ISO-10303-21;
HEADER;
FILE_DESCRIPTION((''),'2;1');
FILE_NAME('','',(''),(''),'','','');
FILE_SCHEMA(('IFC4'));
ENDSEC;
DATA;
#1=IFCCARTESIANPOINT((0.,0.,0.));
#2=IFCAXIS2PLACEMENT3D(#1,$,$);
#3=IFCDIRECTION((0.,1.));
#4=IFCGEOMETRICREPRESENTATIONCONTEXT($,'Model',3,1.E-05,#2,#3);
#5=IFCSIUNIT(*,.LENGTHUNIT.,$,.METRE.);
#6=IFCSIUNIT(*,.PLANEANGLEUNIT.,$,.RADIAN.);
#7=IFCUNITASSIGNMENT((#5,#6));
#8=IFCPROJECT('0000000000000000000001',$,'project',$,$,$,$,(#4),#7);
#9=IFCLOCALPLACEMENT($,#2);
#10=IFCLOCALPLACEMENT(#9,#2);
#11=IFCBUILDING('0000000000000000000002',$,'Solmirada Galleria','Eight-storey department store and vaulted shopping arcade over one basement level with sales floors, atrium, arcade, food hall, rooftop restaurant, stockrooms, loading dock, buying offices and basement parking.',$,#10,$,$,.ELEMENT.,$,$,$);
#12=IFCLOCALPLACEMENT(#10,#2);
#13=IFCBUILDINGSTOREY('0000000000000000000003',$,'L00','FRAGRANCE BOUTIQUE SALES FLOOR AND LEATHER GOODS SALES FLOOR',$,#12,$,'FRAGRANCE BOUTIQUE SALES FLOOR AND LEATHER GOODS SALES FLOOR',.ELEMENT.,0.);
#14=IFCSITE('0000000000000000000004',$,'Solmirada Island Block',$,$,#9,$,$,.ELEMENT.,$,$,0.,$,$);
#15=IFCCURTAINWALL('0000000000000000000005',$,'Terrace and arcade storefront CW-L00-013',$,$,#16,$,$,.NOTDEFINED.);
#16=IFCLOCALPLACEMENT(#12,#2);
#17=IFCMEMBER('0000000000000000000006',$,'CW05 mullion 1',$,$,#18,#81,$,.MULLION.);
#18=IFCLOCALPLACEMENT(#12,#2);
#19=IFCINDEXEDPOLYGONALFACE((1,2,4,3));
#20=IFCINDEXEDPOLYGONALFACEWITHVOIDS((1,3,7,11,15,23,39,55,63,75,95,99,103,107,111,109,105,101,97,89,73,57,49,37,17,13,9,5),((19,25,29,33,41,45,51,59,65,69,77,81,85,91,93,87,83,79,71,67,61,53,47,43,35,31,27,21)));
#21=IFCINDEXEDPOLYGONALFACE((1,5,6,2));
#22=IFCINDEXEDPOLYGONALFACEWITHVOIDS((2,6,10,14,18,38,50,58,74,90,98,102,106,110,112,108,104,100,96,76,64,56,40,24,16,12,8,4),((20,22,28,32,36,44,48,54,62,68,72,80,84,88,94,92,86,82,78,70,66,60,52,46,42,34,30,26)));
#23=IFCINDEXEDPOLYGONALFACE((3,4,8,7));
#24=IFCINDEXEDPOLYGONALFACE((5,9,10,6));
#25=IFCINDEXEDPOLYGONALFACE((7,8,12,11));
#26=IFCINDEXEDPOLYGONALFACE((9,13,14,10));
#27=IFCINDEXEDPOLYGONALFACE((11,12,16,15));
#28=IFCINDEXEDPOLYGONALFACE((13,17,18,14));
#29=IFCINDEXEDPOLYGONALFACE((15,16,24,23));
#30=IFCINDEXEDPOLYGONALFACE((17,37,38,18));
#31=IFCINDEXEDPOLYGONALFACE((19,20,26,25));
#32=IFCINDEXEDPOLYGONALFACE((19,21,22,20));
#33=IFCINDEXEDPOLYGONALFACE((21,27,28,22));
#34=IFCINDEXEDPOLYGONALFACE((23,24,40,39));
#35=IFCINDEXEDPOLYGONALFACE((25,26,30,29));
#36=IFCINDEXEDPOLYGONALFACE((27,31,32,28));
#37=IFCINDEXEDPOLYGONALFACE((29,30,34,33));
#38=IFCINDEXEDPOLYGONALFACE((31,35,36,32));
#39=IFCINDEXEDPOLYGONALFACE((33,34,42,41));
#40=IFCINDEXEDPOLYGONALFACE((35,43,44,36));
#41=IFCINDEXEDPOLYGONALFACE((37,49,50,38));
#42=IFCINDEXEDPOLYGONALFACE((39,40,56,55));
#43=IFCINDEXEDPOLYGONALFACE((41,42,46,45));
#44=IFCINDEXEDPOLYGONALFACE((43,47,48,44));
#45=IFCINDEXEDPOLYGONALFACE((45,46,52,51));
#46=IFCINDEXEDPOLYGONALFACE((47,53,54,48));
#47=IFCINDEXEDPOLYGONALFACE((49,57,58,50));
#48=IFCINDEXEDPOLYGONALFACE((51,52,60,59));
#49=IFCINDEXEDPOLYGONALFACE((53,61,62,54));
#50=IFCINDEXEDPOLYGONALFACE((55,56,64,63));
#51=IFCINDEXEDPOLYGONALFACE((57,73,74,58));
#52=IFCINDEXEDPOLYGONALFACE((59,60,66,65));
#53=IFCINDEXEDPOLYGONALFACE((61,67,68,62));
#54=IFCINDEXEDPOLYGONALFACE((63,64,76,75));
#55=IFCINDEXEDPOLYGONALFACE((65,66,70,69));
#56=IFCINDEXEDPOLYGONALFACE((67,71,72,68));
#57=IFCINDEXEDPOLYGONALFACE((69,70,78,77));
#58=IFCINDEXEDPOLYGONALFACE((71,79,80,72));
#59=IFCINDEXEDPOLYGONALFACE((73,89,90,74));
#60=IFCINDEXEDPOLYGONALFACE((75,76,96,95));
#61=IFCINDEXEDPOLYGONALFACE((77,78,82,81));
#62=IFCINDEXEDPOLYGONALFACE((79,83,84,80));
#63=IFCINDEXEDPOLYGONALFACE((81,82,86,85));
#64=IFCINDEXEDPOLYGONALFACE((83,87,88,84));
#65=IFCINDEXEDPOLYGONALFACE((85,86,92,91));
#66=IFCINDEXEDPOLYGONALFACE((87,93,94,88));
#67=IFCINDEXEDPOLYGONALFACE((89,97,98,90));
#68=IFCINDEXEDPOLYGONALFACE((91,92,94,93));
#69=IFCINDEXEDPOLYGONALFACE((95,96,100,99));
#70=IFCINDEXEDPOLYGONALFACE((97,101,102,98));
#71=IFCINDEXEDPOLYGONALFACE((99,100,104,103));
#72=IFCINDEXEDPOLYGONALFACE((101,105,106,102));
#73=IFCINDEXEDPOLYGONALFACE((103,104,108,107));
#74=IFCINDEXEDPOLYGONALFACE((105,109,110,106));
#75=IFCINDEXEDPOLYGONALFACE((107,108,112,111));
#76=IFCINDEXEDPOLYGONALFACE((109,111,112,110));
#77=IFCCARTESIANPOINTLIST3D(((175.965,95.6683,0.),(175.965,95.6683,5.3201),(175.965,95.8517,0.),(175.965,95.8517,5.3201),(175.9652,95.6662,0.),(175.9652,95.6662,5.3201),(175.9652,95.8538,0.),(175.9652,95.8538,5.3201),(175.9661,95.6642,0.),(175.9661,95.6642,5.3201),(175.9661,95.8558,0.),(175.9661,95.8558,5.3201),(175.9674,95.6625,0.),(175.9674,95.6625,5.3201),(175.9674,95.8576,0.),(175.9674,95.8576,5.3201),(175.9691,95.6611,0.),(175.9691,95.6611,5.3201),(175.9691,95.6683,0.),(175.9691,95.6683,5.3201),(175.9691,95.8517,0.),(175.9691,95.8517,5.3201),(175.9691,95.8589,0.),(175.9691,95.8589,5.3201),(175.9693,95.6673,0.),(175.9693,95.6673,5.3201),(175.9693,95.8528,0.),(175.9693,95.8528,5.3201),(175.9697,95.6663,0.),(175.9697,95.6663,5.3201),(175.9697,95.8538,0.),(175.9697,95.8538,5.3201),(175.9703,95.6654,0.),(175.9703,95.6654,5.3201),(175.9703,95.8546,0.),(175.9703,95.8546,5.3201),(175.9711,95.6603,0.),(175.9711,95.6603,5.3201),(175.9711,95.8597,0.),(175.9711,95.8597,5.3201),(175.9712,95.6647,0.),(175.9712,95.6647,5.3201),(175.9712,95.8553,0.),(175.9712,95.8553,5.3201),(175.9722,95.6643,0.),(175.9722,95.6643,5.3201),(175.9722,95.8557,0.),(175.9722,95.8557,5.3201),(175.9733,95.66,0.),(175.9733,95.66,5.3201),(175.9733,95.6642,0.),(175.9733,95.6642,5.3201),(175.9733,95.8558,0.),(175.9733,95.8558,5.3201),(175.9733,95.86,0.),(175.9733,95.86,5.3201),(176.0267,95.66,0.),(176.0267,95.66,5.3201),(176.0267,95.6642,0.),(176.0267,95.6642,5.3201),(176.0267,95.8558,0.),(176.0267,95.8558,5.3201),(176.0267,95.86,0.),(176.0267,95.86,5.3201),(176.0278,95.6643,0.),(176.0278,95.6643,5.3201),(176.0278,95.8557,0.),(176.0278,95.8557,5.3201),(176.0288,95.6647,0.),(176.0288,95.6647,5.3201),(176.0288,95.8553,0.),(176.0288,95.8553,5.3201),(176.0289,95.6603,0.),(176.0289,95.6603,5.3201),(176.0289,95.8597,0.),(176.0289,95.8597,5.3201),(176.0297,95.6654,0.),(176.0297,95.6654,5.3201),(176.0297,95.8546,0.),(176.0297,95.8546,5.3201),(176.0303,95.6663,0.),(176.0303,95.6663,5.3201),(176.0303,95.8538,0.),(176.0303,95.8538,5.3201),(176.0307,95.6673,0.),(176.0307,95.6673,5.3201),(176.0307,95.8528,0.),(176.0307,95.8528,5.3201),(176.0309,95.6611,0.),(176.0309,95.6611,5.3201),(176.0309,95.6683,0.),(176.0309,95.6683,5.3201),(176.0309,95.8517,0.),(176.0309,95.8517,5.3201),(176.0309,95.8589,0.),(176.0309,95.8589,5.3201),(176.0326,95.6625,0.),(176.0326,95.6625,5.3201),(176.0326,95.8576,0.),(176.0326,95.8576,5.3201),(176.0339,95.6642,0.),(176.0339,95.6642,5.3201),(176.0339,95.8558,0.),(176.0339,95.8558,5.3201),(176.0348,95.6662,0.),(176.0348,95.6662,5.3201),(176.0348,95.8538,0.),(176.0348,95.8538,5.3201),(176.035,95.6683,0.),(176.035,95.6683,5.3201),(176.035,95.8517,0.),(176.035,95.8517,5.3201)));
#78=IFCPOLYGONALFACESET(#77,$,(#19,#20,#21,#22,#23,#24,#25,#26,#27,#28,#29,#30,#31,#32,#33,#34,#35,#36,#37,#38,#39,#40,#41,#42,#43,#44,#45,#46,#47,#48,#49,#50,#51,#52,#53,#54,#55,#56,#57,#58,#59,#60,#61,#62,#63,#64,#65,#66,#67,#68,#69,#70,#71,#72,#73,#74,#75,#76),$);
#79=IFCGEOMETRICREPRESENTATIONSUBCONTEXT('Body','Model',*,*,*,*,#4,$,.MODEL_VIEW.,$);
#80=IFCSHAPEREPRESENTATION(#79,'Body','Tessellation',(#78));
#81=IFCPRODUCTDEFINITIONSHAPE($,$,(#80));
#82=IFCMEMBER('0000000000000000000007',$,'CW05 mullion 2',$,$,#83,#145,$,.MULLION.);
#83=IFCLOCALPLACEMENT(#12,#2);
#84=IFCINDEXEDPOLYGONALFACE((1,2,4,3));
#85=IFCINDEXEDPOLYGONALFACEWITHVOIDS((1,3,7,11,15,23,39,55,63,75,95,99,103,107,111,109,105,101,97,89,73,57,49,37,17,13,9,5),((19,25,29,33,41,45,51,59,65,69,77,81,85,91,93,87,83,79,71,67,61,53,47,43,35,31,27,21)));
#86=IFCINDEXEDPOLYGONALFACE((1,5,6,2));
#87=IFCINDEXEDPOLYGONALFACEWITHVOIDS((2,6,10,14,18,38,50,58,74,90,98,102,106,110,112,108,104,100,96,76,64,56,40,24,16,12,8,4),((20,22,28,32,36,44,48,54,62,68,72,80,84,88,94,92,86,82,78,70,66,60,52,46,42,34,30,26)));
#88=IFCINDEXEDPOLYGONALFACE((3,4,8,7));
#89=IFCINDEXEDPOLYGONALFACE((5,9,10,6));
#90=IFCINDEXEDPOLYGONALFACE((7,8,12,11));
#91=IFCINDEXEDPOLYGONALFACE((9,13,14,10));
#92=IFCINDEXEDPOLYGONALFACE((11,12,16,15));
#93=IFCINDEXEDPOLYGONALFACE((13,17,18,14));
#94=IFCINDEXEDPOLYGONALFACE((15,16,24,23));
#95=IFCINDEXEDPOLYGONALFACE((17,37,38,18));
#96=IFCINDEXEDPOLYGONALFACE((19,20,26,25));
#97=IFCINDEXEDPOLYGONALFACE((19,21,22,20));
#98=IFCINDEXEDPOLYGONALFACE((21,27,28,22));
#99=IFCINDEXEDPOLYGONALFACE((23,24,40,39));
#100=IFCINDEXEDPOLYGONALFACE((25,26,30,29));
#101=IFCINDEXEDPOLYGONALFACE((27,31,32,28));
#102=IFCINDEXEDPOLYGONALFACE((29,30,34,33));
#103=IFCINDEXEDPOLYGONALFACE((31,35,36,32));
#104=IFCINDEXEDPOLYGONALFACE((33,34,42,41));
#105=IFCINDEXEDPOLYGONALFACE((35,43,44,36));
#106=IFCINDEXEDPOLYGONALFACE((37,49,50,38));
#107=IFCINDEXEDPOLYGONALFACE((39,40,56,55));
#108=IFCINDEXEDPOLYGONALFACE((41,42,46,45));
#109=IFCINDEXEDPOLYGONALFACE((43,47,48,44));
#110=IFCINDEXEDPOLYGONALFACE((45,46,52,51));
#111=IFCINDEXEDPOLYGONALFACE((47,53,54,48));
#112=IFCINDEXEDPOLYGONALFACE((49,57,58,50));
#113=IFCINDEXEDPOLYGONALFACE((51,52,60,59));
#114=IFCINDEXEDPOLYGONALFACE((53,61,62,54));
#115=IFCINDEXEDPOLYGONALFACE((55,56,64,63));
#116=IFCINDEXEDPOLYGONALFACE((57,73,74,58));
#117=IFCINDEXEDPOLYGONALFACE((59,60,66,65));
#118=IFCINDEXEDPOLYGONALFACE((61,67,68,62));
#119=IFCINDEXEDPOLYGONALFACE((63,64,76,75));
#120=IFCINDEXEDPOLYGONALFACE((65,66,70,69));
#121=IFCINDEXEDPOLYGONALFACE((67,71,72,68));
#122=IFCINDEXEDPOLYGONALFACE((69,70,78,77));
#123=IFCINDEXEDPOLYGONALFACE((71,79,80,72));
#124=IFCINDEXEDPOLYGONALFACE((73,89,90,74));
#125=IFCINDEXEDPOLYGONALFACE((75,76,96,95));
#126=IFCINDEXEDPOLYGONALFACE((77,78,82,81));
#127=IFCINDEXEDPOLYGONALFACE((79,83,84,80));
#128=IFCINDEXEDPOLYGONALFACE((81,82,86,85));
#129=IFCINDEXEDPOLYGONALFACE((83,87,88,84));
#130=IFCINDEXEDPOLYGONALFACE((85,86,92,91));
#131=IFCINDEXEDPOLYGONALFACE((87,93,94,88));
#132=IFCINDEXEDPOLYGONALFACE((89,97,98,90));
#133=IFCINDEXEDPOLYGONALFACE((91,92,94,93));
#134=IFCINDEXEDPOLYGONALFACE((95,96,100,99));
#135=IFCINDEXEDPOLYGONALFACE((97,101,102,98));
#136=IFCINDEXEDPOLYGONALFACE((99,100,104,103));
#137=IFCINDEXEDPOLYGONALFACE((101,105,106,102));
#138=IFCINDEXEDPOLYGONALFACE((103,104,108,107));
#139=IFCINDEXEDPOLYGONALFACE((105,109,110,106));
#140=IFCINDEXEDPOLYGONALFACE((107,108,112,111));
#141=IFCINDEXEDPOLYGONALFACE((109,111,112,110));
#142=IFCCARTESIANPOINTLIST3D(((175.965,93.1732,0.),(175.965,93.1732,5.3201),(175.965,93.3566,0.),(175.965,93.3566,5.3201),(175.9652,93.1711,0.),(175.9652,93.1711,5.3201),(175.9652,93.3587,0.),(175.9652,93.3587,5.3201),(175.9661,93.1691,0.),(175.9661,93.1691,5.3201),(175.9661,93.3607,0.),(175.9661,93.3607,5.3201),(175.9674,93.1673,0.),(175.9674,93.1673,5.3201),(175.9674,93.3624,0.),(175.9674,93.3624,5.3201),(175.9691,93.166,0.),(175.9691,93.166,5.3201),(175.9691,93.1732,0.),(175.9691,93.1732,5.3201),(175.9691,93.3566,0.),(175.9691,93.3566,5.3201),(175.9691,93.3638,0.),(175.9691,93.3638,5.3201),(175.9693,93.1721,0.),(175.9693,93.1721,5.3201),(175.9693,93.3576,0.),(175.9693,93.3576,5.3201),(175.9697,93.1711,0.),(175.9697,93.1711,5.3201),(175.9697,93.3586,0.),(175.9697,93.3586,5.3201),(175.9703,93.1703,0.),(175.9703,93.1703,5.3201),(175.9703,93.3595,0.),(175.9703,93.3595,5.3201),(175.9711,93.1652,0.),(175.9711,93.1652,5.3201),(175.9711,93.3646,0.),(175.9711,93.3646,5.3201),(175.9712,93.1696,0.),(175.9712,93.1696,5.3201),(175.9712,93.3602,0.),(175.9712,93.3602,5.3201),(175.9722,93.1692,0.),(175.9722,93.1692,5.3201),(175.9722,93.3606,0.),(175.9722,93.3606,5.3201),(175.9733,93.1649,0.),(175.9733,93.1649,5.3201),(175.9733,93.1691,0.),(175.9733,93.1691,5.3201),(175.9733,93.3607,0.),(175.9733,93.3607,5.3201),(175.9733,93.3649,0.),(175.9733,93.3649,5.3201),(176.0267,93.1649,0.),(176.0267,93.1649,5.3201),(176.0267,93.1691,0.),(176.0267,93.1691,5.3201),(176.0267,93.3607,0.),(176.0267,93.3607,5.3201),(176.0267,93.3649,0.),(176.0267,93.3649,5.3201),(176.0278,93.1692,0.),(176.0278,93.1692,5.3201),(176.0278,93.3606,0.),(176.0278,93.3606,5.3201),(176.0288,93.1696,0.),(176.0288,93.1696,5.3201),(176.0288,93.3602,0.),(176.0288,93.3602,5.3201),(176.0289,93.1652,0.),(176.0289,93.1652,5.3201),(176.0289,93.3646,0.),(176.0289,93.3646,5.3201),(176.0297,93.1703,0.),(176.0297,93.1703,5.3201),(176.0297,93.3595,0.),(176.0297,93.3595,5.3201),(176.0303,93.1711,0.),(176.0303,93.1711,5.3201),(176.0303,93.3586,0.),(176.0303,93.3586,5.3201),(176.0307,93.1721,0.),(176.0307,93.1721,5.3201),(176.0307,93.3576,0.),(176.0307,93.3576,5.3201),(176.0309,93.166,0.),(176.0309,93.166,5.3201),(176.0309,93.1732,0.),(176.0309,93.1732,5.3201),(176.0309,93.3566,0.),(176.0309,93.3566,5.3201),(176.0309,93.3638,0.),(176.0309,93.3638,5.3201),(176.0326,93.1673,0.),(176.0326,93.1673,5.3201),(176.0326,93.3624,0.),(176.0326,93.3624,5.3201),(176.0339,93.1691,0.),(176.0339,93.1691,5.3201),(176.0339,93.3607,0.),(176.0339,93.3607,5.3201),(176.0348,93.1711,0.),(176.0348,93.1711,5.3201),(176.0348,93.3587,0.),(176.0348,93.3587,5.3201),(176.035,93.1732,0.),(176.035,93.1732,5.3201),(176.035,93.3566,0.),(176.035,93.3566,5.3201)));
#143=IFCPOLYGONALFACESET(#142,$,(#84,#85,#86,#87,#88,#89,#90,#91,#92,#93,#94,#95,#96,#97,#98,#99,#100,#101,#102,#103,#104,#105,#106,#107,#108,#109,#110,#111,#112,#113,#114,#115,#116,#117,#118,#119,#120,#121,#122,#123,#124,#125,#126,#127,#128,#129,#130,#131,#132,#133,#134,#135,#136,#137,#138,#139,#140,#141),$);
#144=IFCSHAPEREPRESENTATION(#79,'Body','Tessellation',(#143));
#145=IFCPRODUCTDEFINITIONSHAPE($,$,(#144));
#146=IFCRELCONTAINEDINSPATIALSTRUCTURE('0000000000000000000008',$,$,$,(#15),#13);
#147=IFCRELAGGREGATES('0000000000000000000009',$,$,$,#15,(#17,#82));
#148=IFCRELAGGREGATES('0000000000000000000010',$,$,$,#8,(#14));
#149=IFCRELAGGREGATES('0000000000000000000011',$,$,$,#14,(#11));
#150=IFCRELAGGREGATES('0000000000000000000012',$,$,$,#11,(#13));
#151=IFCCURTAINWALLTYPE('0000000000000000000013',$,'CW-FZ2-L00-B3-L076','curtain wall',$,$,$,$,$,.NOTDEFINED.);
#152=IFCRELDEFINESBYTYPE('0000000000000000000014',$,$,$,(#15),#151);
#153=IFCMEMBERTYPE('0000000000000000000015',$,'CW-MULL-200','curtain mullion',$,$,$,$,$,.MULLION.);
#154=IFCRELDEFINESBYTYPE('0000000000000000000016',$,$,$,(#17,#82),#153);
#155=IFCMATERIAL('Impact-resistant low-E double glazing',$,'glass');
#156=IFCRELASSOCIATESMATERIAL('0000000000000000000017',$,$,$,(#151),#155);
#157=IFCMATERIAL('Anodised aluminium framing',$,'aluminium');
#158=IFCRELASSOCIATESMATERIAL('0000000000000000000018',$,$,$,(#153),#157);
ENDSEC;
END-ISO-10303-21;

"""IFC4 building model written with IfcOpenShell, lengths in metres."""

from ifc_helpers import new_model, si_unit, direction, frame, origin, origin_2d, place, context, subcontext, project, spatial, hollow_rectangle, extrude, material, material_profile, profile_set, type_object, element, aggregate, save


model = new_model("IFC4")

# Units and contexts
model_context = context("Model", 3, precision=1e-05, world=origin(), true_north=direction((0.0, 1.0)))
body_context = subcontext(model_context, "Body", "Model", "MODEL_VIEW")
ifc_project = project(units=[si_unit("LENGTHUNIT", "METRE"), si_unit("PLANEANGLEUNIT", "RADIAN")], contexts=[model_context])

# Site, building, storey
site_placement = place(None, origin())
site = spatial("IfcSite", under=ifc_project, at=site_placement, Name="Solmirada Island Block", CompositionType="ELEMENT", RefElevation=0.0)
building_placement = place(site_placement, origin())
building = spatial("IfcBuilding", under=site, at=building_placement, Name="Solmirada Galleria", Description="Eight-storey department store and vaulted shopping arcade over one basement level with sales floors, atrium, arcade, food hall, rooftop restaurant, stockrooms, loading dock, buying offices and basement parking.", CompositionType="ELEMENT")
storey_placement = place(building_placement, origin())
storey = spatial("IfcBuildingStorey", under=building, at=storey_placement, Name="L00", Description="FRAGRANCE BOUTIQUE SALES FLOOR AND LEATHER GOODS SALES FLOOR", LongName="FRAGRANCE BOUTIQUE SALES FLOOR AND LEATHER GOODS SALES FLOOR", CompositionType="ELEMENT", Elevation=0.0)

# Curtain wall, members
ifc_material_1 = material(Name="Impact-resistant low-E double glazing", Category="glass")
curtain_wall_type = type_object("IfcCurtainWallType", Name="CW-FZ2-L00-B3-L076", Description="curtain wall", PredefinedType="NOTDEFINED", material=ifc_material_1)
curtain_wall_placement = place(storey_placement, origin())
curtain_wall = element("IfcCurtainWall", 1, at=curtain_wall_placement, inside=storey, type_object=curtain_wall_type, Name="Terrace and arcade storefront CW-L00-013", PredefinedType="NOTDEFINED")
ifc_material_2 = material(Name="Anodised aluminium framing", Category="aluminium")
ifc_material_profile_1 = material_profile(ifc_material_2, hollow_rectangle(XDim=0.0701, YDim=0.2, WallThickness=0.0042, InnerFilletRadius=0.0042, OuterFilletRadius=0.0083, at=origin_2d()), Name="ALU-MULL-200X70")
ifc_profile_set_1 = profile_set([ifc_material_profile_1], Name="Anodised aluminium framing")
member_type_1 = type_object("IfcMemberType", Name="CW-MULL-200", Description="curtain mullion", PredefinedType="MULLION", material=ifc_profile_set_1)
member_1_placement = place(storey_placement, frame((176.0, 95.76, 0.0), z_axis=(0.0, 0.0, 1.0), x_axis=(1.0, 0.0, 0.0)))
member_1 = element("IfcMember", 2, at=member_1_placement, type_object=member_type_1, Name="CW05 mullion 1", PredefinedType="MULLION", context=body_context, shape_type="SweptSolid", body=[
    extrude(hollow_rectangle(XDim=0.0701, YDim=0.2, WallThickness=0.0042, InnerFilletRadius=0.0042, OuterFilletRadius=0.0083, at=origin_2d()), origin(), (0.0, 0.0, 1.0), 5.3201),
])
member_2_placement = place(storey_placement, frame((176.0, 93.2649, 0.0), z_axis=(0.0, 0.0, 1.0), x_axis=(1.0, 0.0, 0.0)))
member_2 = element("IfcMember", 3, at=member_2_placement, type_object=member_type_1, Name="CW05 mullion 2", PredefinedType="MULLION", context=body_context, shape_type="SweptSolid", body=[
    extrude(hollow_rectangle(XDim=0.0701, YDim=0.2, WallThickness=0.0042, InnerFilletRadius=0.0042, OuterFilletRadius=0.0083, at=origin_2d()), origin(), (0.0, 0.0, 1.0), 5.3201),
])
aggregate(curtain_wall, [member_1, member_2])

save(model, "model.ifc")
